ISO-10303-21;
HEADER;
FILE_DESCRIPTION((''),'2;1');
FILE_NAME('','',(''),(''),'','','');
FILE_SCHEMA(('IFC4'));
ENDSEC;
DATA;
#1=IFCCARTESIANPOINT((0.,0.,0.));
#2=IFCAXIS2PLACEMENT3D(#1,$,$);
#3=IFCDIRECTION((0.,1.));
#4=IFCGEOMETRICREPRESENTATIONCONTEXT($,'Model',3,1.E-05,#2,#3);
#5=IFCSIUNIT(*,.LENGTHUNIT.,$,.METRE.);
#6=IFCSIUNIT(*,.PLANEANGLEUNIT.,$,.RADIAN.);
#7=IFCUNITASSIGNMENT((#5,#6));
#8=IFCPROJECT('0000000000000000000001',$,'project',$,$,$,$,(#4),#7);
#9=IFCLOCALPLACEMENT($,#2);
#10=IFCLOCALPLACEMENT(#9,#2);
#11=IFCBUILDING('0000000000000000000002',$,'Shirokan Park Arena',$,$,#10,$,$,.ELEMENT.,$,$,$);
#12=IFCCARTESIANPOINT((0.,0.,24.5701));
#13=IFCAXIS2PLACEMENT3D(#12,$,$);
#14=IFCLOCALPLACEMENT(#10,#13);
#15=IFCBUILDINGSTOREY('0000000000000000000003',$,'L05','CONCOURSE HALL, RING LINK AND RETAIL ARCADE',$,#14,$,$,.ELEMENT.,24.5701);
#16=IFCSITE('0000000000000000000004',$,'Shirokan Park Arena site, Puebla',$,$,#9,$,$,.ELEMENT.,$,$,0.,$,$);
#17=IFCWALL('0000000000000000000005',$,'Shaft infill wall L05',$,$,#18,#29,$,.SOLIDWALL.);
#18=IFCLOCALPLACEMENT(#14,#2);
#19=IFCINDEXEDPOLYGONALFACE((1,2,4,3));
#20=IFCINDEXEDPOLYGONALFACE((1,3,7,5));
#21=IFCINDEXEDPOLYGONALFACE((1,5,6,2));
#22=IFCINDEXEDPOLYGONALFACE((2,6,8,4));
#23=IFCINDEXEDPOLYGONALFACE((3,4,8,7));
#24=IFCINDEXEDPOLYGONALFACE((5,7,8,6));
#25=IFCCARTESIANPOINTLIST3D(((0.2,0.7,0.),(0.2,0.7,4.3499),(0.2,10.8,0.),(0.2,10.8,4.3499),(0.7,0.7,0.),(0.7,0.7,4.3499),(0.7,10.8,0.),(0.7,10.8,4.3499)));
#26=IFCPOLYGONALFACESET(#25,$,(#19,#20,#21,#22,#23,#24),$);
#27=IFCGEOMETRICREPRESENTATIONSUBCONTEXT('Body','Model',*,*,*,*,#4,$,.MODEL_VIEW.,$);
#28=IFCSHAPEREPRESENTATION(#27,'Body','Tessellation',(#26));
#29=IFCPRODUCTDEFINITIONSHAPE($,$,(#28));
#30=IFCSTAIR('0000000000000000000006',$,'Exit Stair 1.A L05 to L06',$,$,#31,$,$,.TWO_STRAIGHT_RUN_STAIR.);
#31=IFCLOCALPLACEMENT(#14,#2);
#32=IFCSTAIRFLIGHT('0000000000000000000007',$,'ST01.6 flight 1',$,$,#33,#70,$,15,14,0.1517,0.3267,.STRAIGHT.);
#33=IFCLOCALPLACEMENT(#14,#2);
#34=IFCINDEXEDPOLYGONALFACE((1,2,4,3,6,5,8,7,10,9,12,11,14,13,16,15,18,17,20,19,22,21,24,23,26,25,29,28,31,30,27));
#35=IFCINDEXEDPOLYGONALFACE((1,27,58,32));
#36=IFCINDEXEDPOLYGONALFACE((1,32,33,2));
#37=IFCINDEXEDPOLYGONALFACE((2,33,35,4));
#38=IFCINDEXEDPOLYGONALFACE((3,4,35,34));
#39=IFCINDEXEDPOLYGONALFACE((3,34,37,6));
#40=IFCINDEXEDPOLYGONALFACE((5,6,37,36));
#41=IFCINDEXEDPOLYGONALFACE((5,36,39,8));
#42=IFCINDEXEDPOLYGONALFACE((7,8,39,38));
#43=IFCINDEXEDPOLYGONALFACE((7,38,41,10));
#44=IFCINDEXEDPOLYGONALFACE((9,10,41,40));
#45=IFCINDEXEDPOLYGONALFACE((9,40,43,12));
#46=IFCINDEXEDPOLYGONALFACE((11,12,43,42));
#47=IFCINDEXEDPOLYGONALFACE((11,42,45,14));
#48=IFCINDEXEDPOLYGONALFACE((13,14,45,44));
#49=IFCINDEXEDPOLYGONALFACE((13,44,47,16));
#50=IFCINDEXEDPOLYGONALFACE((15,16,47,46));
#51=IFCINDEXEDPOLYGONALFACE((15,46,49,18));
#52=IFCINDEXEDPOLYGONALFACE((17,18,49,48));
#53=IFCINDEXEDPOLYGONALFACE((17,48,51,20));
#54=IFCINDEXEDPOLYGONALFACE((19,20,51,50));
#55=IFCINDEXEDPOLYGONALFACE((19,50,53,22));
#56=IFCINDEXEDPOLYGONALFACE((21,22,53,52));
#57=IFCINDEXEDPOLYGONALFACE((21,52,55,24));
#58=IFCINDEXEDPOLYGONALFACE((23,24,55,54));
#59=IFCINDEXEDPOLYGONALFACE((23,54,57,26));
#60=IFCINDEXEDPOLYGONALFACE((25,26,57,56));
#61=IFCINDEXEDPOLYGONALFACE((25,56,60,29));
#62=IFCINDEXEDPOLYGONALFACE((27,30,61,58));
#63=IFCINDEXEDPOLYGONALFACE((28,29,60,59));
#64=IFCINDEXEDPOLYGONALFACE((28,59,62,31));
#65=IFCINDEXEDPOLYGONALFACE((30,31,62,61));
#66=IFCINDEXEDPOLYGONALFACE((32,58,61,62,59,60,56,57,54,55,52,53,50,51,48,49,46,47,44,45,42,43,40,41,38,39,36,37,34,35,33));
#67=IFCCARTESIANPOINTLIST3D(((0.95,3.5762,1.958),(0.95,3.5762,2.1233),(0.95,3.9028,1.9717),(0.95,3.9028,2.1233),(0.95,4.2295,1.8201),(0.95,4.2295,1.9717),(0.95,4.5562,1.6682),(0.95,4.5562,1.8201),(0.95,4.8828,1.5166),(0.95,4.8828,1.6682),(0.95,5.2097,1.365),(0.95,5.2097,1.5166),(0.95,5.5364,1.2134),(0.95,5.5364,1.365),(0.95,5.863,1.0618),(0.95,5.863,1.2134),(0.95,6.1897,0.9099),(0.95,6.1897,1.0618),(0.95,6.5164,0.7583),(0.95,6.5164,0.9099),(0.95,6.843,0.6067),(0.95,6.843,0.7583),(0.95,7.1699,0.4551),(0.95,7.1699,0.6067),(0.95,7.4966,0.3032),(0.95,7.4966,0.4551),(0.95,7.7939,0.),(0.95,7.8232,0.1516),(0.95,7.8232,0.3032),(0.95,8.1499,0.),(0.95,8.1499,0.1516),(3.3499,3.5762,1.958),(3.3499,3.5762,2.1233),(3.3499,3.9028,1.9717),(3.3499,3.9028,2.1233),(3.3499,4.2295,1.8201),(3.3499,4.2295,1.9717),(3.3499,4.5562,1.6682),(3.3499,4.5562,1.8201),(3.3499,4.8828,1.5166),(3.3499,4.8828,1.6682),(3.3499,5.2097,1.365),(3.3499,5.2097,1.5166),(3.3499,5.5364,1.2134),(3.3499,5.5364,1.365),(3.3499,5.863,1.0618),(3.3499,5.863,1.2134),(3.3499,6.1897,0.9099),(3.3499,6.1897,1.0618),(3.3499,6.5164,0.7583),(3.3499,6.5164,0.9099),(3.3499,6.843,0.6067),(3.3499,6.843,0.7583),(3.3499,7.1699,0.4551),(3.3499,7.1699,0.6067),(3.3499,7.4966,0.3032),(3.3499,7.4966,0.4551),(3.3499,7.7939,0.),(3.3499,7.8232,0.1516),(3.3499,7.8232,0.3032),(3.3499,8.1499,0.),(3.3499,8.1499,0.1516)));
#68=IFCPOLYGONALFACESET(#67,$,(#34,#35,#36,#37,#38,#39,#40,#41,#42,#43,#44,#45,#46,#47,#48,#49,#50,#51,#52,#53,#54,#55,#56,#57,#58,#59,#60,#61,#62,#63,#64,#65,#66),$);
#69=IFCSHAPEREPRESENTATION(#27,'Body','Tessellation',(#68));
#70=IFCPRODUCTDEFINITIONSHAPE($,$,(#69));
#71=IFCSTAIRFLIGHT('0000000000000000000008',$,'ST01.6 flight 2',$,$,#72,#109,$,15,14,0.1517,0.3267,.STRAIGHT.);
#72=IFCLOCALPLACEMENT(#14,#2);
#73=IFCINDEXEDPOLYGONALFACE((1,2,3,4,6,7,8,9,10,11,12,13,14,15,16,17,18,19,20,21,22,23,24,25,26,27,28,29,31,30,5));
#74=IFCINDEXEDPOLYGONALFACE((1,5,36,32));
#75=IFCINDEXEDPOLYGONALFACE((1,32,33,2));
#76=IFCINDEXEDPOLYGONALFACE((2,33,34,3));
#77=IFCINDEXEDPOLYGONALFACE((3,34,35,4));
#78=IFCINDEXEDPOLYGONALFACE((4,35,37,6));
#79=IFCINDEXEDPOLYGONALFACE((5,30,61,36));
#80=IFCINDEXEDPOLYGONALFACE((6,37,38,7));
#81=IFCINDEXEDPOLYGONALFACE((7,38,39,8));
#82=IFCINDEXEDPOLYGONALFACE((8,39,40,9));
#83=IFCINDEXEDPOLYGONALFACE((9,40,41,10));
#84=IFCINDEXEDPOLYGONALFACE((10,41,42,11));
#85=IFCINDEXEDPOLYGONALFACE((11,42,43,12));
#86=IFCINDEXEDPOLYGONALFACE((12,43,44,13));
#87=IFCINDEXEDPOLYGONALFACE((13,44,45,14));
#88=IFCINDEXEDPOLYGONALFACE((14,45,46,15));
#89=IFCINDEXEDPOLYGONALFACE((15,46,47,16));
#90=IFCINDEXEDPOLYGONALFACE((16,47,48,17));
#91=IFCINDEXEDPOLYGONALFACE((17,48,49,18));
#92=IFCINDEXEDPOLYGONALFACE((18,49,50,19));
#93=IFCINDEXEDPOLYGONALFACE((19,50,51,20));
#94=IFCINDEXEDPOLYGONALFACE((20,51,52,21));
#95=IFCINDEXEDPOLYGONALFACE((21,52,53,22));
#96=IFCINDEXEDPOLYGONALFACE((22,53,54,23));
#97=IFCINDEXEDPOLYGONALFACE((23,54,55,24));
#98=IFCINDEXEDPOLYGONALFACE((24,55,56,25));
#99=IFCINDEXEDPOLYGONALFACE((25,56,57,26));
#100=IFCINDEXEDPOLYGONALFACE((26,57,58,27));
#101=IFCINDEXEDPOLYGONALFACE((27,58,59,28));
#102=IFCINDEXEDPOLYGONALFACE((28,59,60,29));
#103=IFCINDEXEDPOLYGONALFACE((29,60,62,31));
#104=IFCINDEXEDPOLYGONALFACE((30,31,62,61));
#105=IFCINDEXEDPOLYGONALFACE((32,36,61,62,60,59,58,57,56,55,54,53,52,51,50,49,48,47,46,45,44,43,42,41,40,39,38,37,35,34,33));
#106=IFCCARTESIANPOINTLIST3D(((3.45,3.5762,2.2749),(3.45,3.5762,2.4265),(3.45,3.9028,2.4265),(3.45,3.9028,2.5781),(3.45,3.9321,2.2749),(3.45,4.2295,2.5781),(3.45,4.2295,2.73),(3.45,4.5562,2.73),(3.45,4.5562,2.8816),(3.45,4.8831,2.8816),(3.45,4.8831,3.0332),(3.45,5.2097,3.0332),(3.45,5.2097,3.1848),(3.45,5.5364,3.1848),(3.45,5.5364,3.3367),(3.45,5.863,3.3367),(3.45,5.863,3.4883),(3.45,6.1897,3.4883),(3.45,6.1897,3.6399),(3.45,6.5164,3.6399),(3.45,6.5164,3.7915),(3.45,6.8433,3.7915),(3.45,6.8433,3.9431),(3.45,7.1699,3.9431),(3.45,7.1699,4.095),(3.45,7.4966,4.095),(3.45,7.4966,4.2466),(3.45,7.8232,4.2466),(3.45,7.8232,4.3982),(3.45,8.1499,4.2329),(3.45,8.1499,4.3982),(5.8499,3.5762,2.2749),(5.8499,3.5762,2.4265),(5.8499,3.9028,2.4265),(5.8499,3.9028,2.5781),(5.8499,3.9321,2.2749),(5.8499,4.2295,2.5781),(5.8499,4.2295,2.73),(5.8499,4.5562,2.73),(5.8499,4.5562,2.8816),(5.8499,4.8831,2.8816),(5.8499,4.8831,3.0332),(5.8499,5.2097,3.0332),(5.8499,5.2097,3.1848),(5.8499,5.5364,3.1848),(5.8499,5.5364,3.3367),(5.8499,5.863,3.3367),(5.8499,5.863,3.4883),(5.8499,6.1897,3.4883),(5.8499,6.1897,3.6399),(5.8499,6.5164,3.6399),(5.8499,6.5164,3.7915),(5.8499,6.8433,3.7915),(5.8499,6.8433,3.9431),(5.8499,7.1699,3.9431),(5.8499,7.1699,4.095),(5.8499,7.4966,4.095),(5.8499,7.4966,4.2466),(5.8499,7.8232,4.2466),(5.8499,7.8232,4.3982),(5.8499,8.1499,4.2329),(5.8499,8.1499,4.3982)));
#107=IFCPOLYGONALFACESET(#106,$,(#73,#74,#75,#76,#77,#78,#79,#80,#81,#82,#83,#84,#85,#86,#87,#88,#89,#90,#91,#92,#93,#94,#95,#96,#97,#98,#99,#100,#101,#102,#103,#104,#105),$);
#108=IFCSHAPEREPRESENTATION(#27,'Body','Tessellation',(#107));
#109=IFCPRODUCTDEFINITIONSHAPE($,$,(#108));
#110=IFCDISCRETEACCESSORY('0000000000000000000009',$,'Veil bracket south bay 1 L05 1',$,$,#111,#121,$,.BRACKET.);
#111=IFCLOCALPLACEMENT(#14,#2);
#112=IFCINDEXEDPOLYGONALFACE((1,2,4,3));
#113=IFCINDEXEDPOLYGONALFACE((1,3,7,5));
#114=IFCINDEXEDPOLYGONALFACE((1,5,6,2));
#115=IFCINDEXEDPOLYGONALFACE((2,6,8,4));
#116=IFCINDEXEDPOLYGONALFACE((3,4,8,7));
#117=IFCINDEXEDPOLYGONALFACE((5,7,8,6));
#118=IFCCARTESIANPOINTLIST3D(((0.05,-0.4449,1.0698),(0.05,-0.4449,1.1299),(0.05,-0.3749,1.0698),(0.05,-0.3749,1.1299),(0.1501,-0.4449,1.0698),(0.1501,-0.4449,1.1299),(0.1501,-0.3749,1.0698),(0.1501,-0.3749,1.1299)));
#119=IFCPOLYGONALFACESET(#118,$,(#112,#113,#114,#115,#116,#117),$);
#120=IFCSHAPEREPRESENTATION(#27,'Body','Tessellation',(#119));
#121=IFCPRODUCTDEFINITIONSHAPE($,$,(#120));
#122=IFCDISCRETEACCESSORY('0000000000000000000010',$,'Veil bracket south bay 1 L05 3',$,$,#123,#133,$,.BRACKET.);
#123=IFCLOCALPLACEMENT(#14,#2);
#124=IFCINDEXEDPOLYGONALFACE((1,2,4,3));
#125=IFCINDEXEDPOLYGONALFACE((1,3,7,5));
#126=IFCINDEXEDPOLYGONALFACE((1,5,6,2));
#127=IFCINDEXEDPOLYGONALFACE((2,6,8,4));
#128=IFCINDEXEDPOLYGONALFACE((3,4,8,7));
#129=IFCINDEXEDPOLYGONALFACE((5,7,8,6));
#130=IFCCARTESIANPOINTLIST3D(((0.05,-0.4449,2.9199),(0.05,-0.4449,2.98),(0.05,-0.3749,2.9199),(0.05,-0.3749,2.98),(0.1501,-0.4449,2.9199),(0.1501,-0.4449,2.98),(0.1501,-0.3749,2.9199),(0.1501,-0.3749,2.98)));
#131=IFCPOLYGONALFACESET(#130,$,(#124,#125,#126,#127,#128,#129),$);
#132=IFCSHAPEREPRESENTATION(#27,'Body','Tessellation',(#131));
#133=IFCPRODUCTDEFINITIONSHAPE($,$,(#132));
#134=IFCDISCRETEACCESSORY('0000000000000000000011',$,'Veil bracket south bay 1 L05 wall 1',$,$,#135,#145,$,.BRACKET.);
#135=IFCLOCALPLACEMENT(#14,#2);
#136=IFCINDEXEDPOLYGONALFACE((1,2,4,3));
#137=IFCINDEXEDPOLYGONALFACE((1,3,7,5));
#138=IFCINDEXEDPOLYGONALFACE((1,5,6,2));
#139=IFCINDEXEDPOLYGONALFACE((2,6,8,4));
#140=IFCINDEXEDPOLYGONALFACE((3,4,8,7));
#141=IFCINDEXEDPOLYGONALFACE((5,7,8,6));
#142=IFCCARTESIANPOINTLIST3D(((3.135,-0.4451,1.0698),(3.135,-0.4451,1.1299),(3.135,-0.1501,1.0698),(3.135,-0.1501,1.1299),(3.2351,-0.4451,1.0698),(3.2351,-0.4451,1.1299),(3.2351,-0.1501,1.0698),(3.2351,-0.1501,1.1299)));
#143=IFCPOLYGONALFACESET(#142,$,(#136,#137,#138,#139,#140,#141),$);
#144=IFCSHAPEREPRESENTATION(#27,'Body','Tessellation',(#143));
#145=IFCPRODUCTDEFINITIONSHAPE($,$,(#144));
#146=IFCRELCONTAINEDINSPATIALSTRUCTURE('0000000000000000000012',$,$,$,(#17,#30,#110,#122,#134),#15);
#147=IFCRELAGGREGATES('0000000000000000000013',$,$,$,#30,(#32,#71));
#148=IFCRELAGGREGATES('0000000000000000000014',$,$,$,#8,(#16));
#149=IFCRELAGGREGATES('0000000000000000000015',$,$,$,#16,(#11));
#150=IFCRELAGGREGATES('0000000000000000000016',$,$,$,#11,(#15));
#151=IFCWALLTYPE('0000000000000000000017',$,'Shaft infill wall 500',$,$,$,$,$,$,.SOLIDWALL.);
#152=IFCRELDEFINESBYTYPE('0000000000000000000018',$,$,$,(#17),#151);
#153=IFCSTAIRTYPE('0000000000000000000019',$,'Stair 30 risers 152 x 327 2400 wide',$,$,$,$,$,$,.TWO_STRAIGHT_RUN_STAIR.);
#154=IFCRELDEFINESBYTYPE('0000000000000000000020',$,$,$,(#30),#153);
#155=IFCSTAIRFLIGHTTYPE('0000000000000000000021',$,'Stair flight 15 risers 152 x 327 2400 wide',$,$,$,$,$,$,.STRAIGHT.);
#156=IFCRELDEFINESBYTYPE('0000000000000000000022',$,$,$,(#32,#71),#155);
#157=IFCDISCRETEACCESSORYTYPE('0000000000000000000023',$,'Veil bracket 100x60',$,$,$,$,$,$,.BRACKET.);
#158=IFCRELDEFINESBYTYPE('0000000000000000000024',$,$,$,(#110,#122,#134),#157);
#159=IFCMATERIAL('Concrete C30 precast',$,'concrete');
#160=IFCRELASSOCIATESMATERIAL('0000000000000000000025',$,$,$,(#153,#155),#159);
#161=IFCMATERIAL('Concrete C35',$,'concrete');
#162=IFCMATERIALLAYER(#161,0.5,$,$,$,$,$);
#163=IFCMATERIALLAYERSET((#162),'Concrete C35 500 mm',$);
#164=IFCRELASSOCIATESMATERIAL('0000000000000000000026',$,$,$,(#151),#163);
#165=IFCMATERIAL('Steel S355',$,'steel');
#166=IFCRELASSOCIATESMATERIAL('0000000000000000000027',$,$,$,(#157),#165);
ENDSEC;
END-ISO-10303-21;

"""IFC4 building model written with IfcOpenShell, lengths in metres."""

from ifc_helpers import new_model, si_unit, direction, frame, frame_2d, origin, origin_2d, place, context, subcontext, project, spatial, polyline, rectangle, outline, extrude, material, layer, layer_set, type_object, element, aggregate, save


model = new_model("IFC4")

# Units and contexts
model_context = context("Model", 3, precision=1e-05, world=origin(), true_north=direction((0.0, 1.0)))
body_context = subcontext(model_context, "Body", "Model", "MODEL_VIEW")
ifc_project = project(units=[si_unit("LENGTHUNIT", "METRE"), si_unit("PLANEANGLEUNIT", "RADIAN")], contexts=[model_context])

# Site, building, storey
site_placement = place(None, origin())
site = spatial("IfcSite", under=ifc_project, at=site_placement, Name="Shirokan Park Arena site, Puebla", CompositionType="ELEMENT", RefElevation=0.0)
building_placement = place(site_placement, origin())
building = spatial("IfcBuilding", under=site, at=building_placement, Name="Shirokan Park Arena", CompositionType="ELEMENT")
storey_placement = place(building_placement, frame((0.0, 0.0, 24.5701)))
storey = spatial("IfcBuildingStorey", under=building, at=storey_placement, Name="L05", Description="CONCOURSE HALL, RING LINK AND RETAIL ARCADE", CompositionType="ELEMENT", Elevation=24.5701)

# Shared definitions
ifc_material_1 = material(Name="Concrete C35", Category="concrete")

# Shared definitions
ifc_material_2 = material(Name="Concrete C30 precast", Category="concrete")
stair_type = type_object("IfcStairType", Name="Stair 30 risers 152 x 327 2400 wide", PredefinedType="TWO_STRAIGHT_RUN_STAIR", material=ifc_material_2)

# Wall
ifc_layer_1 = layer(ifc_material_1, 0.5)
ifc_layer_set_1 = layer_set([ifc_layer_1], Name="Concrete C35 500 mm")
wall_type_1 = type_object("IfcWallType", Name="Shaft infill wall 500", PredefinedType="SOLIDWALL", material=ifc_layer_set_1)
wall_1_placement = place(storey_placement, frame((0.45, 0.7, 0.0), z_axis=(0.0, 0.0, 1.0), x_axis=(0.0, 1.0, 0.0)))
element("IfcWall", 1, at=wall_1_placement, inside=storey, type_object=wall_type_1, Name="Shaft infill wall L05", PredefinedType="SOLIDWALL", context=body_context, shape_type="SweptSolid", body=[
    extrude(rectangle(XDim=10.1001, YDim=0.5, at=frame_2d((5.05, 0.0))), origin(), (0.0, 0.0, 1.0), 4.3499),
])

# Stair, stair flights
stair_1_placement = place(storey_placement, origin())
stair_1 = element("IfcStair", 2, at=stair_1_placement, inside=storey, type_object=stair_type, Name="Exit Stair 1.A L05 to L06", PredefinedType="TWO_STRAIGHT_RUN_STAIR")
stair_flight_type = type_object("IfcStairFlightType", Name="Stair flight 15 risers 152 x 327 2400 wide", PredefinedType="STRAIGHT", material=ifc_material_2)
stair_flight_1_placement = place(storey_placement, frame((2.1499, 8.1499, 0.0), z_axis=(0.0, 0.0, 1.0), x_axis=(0.0, -1.0, 0.0)))
stair_flight_1 = element("IfcStairFlight", 3, at=stair_flight_1_placement, type_object=stair_flight_type, Name="ST01.6 flight 1", NumberOfRisers=15, NumberOfTreads=14, PredefinedType="STRAIGHT", RiserHeight=0.1517, TreadLength=0.3267, context=body_context, shape_type="SweptSolid", body=[
    extrude(outline(polyline([(0.0, 0.0), (0.0, 0.1516), (0.3267, 0.1516), (0.3267, 0.3032), (0.6533, 0.3032), (0.6533, 0.4551), (0.98, 0.4551), (0.98, 0.6067), (1.3069, 0.6067), (1.3069, 0.7583), (1.6335, 0.7583), (1.6335, 0.9099), (1.9602, 0.9099), (1.9602, 1.0618), (2.2869, 1.0618), (2.2869, 1.2134), (2.6135, 1.2134), (2.6135, 1.365), (2.9402, 1.365), (2.9402, 1.5166), (3.2671, 1.5166), (3.2671, 1.6682), (3.5938, 1.6682), (3.5938, 1.8201), (3.9204, 1.8201), (3.9204, 1.9717), (4.2471, 1.9717), (4.2471, 2.1233), (4.5737, 2.1233), (4.5737, 2.2749), (4.5737, 1.958), (0.356, 0.0), (0.0, 0.0)])), frame((0.0, 1.2, 0.0), z_axis=(0.0, -1.0, 0.0), x_axis=(1.0, 0.0, 0.0)), (0.0, 0.0, 1.0), 2.3999),
])
stair_flight_2_placement = place(storey_placement, frame((4.6499, 3.5762, 2.2749), z_axis=(0.0, 0.0, 1.0), x_axis=(0.0, 1.0, 0.0)))
stair_flight_2 = element("IfcStairFlight", 4, at=stair_flight_2_placement, type_object=stair_flight_type, Name="ST01.6 flight 2", NumberOfRisers=15, NumberOfTreads=14, PredefinedType="STRAIGHT", RiserHeight=0.1517, TreadLength=0.3267, context=body_context, shape_type="SweptSolid", body=[
    extrude(outline(polyline([(0.0, 0.0), (0.0, 0.1516), (0.3267, 0.1516), (0.3267, 0.3032), (0.6533, 0.3032), (0.6533, 0.4551), (0.98, 0.4551), (0.98, 0.6067), (1.3069, 0.6067), (1.3069, 0.7583), (1.6335, 0.7583), (1.6335, 0.9099), (1.9602, 0.9099), (1.9602, 1.0618), (2.2869, 1.0618), (2.2869, 1.2134), (2.6135, 1.2134), (2.6135, 1.365), (2.9402, 1.365), (2.9402, 1.5166), (3.2671, 1.5166), (3.2671, 1.6682), (3.5938, 1.6682), (3.5938, 1.8201), (3.9204, 1.8201), (3.9204, 1.9717), (4.2471, 1.9717), (4.2471, 2.1233), (4.5737, 2.1233), (4.5737, 2.2749), (4.5737, 1.958), (0.356, 0.0), (0.0, 0.0)])), frame((0.0, 1.2, 0.0), z_axis=(0.0, -1.0, 0.0), x_axis=(1.0, 0.0, 0.0)), (0.0, 0.0, 1.0), 2.3999),
])
aggregate(stair_1, [stair_flight_1, stair_flight_2])

# Discrete accessories
ifc_material_3 = material(Name="Steel S355", Category="steel")
discrete_accessory_type = type_object("IfcDiscreteAccessoryType", Name="Veil bracket 100x60", PredefinedType="BRACKET", material=ifc_material_3)
for number, where, z_axis, x_axis, name in (
    (5, (0.1001, -0.4099, 1.0698), (0.0, 0.0, 1.0), (1.0, 0.0, 0.0), "Veil bracket south bay 1 L05 1"),
    (6, (0.1001, -0.4099, 2.9199), (0.0, 0.0, 1.0), (1.0, 0.0, 0.0), "Veil bracket south bay 1 L05 3"),
):
    element("IfcDiscreteAccessory", number, at=place(storey_placement, frame(where, z_axis=z_axis, x_axis=x_axis)), inside=storey, type_object=discrete_accessory_type, Name=name, PredefinedType="BRACKET", context=body_context, shape_type="SweptSolid", body=[
        extrude(rectangle(XDim=0.1001, YDim=0.0701, at=origin_2d()), origin(), (0.0, 0.0, 1.0), 0.0601),
    ])
discrete_accessory_placement = place(storey_placement, frame((3.1851, -0.2976, 1.0698), z_axis=(0.0, 0.0, 1.0), x_axis=(1.0, 0.0, 0.0)))
element("IfcDiscreteAccessory", 7, at=discrete_accessory_placement, inside=storey, type_object=discrete_accessory_type, Name="Veil bracket south bay 1 L05 wall 1", PredefinedType="BRACKET", context=body_context, shape_type="SweptSolid", body=[
    extrude(rectangle(XDim=0.1001, YDim=0.2949, at=origin_2d()), origin(), (0.0, 0.0, 1.0), 0.0601),
])

save(model, "model.ifc")
